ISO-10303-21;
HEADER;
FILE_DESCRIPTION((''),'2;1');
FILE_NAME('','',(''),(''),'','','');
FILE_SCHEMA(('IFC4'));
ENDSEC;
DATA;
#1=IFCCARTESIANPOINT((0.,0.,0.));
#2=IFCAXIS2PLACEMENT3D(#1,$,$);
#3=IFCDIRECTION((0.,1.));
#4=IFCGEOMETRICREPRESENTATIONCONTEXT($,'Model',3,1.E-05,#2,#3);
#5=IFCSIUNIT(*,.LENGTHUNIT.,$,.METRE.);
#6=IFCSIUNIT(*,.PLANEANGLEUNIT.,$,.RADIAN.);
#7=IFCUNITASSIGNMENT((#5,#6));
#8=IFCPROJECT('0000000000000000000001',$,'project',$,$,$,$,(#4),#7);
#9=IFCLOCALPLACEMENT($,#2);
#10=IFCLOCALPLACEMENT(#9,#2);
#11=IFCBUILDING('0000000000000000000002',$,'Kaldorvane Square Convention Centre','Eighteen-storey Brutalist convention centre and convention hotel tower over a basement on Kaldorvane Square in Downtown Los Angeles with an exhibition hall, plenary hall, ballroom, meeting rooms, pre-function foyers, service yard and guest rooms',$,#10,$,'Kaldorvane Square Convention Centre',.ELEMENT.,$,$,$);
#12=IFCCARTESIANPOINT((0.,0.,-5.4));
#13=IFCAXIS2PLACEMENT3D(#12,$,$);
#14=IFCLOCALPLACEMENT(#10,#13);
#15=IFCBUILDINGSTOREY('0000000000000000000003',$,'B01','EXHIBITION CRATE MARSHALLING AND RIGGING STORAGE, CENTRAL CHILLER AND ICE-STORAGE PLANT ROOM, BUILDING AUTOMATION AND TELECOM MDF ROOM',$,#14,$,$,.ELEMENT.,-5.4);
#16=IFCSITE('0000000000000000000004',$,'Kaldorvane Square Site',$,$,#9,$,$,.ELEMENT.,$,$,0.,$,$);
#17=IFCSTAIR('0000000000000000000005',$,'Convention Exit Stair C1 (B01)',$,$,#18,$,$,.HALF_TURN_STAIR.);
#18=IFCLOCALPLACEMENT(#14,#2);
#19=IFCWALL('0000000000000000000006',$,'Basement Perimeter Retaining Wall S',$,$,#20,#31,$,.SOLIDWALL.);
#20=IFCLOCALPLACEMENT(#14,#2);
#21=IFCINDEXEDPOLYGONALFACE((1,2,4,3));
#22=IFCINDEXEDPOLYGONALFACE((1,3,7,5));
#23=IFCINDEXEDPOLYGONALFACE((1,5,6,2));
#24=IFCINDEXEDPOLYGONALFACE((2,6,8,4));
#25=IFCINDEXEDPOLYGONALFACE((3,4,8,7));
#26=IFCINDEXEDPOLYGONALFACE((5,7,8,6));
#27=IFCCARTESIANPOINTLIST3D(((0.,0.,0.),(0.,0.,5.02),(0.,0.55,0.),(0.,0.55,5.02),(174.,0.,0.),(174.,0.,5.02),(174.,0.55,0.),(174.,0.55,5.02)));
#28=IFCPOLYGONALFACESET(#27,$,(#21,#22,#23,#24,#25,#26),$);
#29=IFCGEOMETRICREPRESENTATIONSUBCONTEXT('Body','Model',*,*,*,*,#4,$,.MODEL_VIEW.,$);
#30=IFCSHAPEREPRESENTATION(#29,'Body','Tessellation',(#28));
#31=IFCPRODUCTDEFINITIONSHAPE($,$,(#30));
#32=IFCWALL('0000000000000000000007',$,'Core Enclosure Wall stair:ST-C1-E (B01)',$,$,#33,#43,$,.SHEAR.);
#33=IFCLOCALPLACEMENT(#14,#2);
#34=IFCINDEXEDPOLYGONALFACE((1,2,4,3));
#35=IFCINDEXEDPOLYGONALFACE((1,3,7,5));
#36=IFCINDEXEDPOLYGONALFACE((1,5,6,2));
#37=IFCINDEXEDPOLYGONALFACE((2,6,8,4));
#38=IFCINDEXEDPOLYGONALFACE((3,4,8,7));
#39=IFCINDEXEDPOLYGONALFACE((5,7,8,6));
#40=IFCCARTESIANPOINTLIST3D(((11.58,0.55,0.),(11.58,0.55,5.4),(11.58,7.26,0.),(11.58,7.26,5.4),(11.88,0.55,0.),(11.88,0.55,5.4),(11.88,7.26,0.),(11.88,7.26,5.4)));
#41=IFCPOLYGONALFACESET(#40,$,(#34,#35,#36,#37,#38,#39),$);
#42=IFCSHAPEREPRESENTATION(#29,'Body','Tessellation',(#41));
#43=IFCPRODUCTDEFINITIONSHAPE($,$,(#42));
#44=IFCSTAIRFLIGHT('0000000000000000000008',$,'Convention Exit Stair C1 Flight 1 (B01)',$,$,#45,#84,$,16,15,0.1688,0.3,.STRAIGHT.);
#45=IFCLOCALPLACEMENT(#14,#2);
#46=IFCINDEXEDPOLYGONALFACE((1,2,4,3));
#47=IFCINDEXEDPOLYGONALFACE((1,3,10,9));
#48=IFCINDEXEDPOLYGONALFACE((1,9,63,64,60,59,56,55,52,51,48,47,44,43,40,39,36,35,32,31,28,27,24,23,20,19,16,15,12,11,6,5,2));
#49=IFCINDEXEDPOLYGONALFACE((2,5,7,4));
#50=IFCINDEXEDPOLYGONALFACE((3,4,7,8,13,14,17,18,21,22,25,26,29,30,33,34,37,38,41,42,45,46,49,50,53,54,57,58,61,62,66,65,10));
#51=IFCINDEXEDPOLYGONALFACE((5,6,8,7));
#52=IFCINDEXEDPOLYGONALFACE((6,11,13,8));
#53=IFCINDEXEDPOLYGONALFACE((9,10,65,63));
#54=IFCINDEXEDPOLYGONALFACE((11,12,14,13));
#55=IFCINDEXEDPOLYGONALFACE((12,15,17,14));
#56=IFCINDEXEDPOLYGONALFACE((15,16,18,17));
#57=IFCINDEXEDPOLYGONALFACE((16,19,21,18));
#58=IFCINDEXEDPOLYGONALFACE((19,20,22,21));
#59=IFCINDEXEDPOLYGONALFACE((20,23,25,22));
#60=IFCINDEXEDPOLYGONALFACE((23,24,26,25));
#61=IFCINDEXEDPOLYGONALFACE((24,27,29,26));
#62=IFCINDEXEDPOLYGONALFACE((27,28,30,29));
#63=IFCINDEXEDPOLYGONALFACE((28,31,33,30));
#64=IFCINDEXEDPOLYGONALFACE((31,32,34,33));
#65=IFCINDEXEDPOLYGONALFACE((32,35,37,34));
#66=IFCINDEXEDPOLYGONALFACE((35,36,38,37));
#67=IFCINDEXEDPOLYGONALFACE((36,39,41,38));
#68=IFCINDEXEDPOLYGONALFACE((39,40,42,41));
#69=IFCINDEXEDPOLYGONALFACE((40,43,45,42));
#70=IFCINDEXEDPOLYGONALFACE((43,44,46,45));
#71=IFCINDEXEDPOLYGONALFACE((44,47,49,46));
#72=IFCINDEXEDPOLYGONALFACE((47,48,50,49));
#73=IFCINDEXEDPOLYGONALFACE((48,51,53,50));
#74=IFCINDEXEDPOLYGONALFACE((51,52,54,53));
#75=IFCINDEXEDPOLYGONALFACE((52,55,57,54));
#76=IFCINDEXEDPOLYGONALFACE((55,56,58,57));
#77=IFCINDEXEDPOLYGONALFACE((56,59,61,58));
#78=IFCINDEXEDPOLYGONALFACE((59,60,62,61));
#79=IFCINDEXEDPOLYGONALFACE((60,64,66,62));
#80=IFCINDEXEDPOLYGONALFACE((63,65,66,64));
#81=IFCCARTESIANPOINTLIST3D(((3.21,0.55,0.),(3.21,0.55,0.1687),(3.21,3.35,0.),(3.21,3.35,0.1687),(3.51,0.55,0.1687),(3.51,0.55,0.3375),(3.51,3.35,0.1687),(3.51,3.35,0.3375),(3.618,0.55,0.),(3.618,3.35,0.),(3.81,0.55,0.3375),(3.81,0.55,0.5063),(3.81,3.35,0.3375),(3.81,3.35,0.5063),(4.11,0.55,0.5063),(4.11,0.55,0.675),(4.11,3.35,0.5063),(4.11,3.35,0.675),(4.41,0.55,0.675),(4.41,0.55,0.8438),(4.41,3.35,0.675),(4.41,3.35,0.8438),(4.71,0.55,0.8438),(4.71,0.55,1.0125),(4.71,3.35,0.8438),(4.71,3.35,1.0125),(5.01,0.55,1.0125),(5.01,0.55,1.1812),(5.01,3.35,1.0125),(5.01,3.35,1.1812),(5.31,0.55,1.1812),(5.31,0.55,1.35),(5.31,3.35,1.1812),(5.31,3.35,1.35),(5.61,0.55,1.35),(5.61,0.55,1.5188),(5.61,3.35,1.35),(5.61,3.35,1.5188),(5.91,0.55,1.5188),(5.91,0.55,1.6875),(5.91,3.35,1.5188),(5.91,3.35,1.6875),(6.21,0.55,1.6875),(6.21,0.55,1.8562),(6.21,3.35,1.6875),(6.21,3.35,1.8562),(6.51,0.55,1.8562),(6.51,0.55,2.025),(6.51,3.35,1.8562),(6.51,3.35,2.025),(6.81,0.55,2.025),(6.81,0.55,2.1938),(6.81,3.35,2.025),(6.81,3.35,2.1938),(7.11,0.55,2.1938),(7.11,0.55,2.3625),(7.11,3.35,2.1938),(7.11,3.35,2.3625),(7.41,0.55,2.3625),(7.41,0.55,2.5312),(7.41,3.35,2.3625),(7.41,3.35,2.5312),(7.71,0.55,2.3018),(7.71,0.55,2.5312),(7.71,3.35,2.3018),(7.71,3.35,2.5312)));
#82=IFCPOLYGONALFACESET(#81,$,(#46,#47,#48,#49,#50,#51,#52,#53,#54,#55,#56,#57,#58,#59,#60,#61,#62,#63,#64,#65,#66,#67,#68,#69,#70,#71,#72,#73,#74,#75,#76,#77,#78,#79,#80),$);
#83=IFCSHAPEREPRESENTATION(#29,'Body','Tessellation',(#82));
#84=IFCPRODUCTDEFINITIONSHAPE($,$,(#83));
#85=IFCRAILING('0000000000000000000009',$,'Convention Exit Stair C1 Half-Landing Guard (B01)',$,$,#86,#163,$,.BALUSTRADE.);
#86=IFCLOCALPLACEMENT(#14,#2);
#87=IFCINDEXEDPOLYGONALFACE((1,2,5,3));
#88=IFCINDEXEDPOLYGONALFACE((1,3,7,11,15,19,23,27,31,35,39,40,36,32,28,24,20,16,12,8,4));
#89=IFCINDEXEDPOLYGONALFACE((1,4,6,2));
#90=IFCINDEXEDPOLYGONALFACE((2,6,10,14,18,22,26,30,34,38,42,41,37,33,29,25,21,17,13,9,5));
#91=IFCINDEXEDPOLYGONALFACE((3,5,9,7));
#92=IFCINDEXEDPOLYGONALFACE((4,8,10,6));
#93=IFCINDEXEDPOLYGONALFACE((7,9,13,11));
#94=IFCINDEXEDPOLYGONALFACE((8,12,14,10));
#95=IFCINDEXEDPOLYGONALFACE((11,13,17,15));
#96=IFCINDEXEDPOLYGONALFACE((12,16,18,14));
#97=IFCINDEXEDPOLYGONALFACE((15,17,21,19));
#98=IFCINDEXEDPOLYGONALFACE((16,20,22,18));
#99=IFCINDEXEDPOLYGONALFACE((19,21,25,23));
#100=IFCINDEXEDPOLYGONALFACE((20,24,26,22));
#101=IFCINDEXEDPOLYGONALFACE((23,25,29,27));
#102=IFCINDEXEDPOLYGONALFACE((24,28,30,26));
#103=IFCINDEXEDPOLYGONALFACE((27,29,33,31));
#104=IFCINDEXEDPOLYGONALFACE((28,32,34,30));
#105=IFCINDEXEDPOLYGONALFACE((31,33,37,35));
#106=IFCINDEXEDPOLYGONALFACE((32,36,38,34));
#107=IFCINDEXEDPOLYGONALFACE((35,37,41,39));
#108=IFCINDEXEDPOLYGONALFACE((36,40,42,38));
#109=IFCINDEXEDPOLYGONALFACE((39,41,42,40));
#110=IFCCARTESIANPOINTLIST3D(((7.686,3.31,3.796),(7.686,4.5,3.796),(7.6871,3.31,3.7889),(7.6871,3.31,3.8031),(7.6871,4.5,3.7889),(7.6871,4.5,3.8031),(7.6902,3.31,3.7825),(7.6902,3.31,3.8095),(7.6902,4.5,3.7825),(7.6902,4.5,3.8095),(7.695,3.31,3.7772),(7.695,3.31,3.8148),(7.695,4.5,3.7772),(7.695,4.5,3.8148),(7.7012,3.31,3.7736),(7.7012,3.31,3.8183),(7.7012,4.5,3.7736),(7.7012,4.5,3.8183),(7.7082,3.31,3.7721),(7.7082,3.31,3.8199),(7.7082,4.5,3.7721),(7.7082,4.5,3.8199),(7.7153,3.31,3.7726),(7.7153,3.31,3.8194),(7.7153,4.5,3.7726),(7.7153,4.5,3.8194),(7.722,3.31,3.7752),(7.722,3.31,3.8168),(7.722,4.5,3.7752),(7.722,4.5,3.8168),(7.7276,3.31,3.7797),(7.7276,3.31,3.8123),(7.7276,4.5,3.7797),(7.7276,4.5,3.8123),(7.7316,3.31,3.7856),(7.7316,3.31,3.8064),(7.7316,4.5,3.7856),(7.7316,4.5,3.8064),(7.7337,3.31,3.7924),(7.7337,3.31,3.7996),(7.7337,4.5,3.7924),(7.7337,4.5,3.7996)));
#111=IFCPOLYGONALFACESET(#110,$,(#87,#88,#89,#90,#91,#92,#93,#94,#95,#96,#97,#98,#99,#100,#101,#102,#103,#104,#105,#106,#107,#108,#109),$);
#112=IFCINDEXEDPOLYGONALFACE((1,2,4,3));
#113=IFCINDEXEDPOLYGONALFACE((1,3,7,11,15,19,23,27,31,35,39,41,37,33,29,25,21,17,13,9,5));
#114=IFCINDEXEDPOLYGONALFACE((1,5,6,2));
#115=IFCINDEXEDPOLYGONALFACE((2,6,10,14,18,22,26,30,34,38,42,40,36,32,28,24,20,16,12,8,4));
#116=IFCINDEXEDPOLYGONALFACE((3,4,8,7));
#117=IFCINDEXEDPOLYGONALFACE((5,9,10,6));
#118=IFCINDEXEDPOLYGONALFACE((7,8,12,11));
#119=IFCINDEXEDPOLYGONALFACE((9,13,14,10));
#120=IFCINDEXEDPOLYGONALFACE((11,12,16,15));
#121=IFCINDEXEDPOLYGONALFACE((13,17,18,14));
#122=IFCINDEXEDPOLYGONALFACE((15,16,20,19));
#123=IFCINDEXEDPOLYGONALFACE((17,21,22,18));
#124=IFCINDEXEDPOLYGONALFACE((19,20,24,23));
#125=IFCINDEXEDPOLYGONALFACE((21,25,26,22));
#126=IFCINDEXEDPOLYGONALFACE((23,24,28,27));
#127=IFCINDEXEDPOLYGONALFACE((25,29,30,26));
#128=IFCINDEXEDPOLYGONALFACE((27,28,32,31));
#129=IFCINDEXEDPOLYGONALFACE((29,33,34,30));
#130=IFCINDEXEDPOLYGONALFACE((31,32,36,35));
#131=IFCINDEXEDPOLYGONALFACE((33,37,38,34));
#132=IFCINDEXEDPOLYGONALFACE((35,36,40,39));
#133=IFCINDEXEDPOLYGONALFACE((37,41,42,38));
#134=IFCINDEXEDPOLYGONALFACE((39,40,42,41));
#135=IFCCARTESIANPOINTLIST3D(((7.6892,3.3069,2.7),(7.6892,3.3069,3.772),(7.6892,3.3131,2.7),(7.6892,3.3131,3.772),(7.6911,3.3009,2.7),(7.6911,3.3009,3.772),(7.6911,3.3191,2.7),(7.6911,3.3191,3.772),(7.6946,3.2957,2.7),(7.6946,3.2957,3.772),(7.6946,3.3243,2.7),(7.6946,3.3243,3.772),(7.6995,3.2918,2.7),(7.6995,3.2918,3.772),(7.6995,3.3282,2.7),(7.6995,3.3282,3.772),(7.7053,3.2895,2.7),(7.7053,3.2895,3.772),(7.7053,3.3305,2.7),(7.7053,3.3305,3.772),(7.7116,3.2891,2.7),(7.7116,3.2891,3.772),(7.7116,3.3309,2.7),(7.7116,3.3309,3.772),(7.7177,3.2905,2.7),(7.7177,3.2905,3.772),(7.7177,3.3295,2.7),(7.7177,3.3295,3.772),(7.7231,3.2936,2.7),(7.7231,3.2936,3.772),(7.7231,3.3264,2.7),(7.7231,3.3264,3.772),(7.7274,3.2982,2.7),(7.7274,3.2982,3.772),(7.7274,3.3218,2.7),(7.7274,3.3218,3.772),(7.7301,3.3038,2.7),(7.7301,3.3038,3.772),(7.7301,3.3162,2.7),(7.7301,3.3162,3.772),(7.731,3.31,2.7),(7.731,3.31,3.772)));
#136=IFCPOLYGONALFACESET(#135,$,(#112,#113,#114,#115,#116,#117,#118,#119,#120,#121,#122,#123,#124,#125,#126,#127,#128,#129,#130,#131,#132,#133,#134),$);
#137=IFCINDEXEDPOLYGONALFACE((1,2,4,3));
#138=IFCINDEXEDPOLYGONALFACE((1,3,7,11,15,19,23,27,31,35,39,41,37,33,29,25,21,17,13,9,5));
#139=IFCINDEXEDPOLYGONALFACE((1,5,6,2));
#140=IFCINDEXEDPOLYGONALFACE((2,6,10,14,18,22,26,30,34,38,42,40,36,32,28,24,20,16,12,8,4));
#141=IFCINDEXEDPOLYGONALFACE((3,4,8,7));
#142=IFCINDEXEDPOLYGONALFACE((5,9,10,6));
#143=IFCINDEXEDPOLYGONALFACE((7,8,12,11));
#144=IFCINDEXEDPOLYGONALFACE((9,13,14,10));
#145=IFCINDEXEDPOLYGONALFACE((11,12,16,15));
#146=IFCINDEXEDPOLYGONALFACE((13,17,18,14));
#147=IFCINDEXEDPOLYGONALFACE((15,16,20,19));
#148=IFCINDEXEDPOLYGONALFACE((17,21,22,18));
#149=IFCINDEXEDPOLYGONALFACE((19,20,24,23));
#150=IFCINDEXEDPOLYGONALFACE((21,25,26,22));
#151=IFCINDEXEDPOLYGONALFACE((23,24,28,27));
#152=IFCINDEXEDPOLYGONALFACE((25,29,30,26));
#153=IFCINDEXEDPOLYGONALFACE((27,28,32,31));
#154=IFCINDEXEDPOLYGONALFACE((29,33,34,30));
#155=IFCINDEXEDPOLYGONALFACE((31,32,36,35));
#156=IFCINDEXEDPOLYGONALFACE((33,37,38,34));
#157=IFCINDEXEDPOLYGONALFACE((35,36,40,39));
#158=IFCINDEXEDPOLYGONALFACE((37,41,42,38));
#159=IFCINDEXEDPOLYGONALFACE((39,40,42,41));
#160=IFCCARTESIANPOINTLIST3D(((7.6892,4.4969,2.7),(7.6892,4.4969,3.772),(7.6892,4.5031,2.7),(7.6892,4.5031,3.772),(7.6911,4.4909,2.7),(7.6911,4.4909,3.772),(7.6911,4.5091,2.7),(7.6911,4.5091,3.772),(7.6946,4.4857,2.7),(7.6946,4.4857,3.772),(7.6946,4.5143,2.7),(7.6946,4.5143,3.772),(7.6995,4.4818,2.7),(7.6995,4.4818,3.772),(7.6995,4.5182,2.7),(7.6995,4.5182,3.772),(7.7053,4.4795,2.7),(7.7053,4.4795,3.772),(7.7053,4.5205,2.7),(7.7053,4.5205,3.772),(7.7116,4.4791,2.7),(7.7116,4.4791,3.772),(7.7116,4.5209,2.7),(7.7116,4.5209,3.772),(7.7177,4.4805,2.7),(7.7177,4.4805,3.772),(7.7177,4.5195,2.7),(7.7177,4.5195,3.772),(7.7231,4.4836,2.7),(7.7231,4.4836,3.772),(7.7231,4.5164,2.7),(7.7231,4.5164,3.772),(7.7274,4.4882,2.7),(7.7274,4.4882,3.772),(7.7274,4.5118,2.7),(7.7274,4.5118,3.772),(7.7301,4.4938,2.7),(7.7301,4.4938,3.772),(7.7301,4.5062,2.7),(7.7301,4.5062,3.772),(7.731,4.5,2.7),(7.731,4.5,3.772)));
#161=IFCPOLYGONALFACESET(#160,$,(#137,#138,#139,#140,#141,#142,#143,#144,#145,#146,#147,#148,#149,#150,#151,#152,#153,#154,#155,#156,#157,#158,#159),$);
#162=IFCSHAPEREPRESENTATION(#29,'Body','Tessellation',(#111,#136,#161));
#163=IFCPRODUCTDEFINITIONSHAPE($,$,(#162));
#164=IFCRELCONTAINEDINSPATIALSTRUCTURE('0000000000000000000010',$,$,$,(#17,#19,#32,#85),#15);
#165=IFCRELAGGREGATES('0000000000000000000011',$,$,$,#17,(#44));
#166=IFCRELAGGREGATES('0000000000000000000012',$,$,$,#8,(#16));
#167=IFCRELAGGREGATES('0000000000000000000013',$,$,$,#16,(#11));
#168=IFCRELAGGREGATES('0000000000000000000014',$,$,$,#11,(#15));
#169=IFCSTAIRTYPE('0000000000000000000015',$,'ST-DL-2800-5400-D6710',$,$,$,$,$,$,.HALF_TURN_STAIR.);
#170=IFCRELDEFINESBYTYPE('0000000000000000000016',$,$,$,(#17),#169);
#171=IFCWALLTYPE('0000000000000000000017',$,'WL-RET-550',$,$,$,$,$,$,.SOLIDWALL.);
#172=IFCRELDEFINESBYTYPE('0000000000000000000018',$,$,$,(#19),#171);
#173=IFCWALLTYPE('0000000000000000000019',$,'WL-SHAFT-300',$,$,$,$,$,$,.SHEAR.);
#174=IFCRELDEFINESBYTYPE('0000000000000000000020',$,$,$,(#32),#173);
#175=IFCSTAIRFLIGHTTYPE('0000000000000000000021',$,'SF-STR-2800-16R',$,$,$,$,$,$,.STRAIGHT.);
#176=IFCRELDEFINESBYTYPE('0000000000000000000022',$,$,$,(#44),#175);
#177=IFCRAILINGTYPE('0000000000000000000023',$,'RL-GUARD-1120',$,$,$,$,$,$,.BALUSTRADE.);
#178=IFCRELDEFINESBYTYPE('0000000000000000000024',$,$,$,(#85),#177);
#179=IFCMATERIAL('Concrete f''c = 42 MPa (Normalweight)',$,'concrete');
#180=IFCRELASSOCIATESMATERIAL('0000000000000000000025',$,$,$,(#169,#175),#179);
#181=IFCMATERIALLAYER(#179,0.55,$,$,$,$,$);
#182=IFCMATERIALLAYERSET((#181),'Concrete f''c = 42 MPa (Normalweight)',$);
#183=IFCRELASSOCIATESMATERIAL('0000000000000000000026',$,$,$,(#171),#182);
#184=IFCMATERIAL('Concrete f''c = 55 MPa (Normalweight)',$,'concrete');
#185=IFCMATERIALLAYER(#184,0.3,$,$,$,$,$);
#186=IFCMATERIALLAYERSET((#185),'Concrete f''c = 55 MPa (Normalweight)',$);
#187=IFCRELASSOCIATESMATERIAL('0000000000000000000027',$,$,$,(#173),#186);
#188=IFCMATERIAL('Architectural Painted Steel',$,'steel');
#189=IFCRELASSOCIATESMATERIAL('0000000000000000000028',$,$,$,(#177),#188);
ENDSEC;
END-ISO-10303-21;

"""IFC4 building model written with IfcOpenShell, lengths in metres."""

from ifc_helpers import new_model, si_unit, direction, frame, frame_2d, origin, origin_2d, place, context, subcontext, project, spatial, polyline, rectangle, circle, outline, extrude, material, layer, layer_set, type_object, element, aggregate, save


model = new_model("IFC4")

# Units and contexts
model_context = context("Model", 3, precision=1e-05, world=origin(), true_north=direction((0.0, 1.0)))
body_context = subcontext(model_context, "Body", "Model", "MODEL_VIEW")
ifc_project = project(units=[si_unit("LENGTHUNIT", "METRE"), si_unit("PLANEANGLEUNIT", "RADIAN")], contexts=[model_context])

# Site, building, storey
site_placement = place(None, origin())
site = spatial("IfcSite", under=ifc_project, at=site_placement, Name="Kaldorvane Square Site", CompositionType="ELEMENT", RefElevation=0.0)
building_placement = place(site_placement, origin())
building = spatial("IfcBuilding", under=site, at=building_placement, Name="Kaldorvane Square Convention Centre", Description="Eighteen-storey Brutalist convention centre and convention hotel tower over a basement on Kaldorvane Square in Downtown Los Angeles with an exhibition hall, plenary hall, ballroom, meeting rooms, pre-function foyers, service yard and guest rooms", LongName="Kaldorvane Square Convention Centre", CompositionType="ELEMENT")
storey_placement = place(building_placement, frame((0.0, 0.0, -5.4)))
storey = spatial("IfcBuildingStorey", under=building, at=storey_placement, Name="B01", Description="EXHIBITION CRATE MARSHALLING AND RIGGING STORAGE, CENTRAL CHILLER AND ICE-STORAGE PLANT ROOM, BUILDING AUTOMATION AND TELECOM MDF ROOM", CompositionType="ELEMENT", Elevation=-5.4)

# Shared definitions
ifc_material_1 = material(Name="Concrete f'c = 42 MPa (Normalweight)", Category="concrete")

# Shared definitions
ifc_material_2 = material(Name="Concrete f'c = 55 MPa (Normalweight)", Category="concrete")

# Stair
stair_type_1 = type_object("IfcStairType", Name="ST-DL-2800-5400-D6710", PredefinedType="HALF_TURN_STAIR", material=ifc_material_1)
stair_1_placement = place(storey_placement, origin())
stair_1 = element("IfcStair", 1, at=stair_1_placement, inside=storey, type_object=stair_type_1, Name="Convention Exit Stair C1 (B01)", PredefinedType="HALF_TURN_STAIR")

# Walls
ifc_layer_1 = layer(ifc_material_1, 0.55)
ifc_layer_set_1 = layer_set([ifc_layer_1], Name="Concrete f'c = 42 MPa (Normalweight)")
wall_type_1 = type_object("IfcWallType", Name="WL-RET-550", PredefinedType="SOLIDWALL", material=ifc_layer_set_1)
wall_1_placement = place(storey_placement, frame((0.0, 0.275, 0.0), z_axis=(0.0, 0.0, 1.0), x_axis=(1.0, 0.0, 0.0)))
element("IfcWall", 2, at=wall_1_placement, inside=storey, type_object=wall_type_1, Name="Basement Perimeter Retaining Wall S", PredefinedType="SOLIDWALL", context=body_context, shape_type="SweptSolid", body=[
    extrude(rectangle(XDim=174.0, YDim=0.55, at=frame_2d((87.0, 0.0))), origin(), (0.0, 0.0, 1.0), 5.02),
])
ifc_layer_2 = layer(ifc_material_2, 0.3)
ifc_layer_set_2 = layer_set([ifc_layer_2], Name="Concrete f'c = 55 MPa (Normalweight)")
wall_type_2 = type_object("IfcWallType", Name="WL-SHAFT-300", PredefinedType="SHEAR", material=ifc_layer_set_2)
wall_2_placement = place(storey_placement, frame((11.73, 0.55, 0.0), z_axis=(0.0, 0.0, 1.0), x_axis=(0.0, 1.0, 0.0)))
element("IfcWall", 3, at=wall_2_placement, inside=storey, type_object=wall_type_2, Name="Core Enclosure Wall stair:ST-C1-E (B01)", PredefinedType="SHEAR", context=body_context, shape_type="SweptSolid", body=[
    extrude(rectangle(XDim=6.71, YDim=0.3, at=frame_2d((3.355, 0.0))), origin(), (0.0, 0.0, 1.0), 5.4),
])

# Stair flight
stair_flight_type = type_object("IfcStairFlightType", Name="SF-STR-2800-16R", PredefinedType="STRAIGHT", material=ifc_material_1)
stair_flight_placement = place(storey_placement, frame((3.21, 1.95, 0.0), z_axis=(0.0, 0.0, 1.0), x_axis=(1.0, 0.0, 0.0)))
stair_flight = element("IfcStairFlight", 4, at=stair_flight_placement, type_object=stair_flight_type, Name="Convention Exit Stair C1 Flight 1 (B01)", NumberOfRisers=16, NumberOfTreads=15, PredefinedType="STRAIGHT", RiserHeight=0.1688, TreadLength=0.3, context=body_context, shape_type="SweptSolid", body=[
    extrude(outline(polyline([(0.0, 0.0), (0.0, 0.1687), (0.3, 0.1687), (0.3, 0.3375), (0.6, 0.3375), (0.6, 0.5063), (0.9, 0.5063), (0.9, 0.675), (1.2, 0.675), (1.2, 0.8438), (1.5, 0.8438), (1.5, 1.0125), (1.8, 1.0125), (1.8, 1.1812), (2.1, 1.1812), (2.1, 1.35), (2.4, 1.35), (2.4, 1.5188), (2.7, 1.5188), (2.7, 1.6875), (3.0, 1.6875), (3.0, 1.8562), (3.3, 1.8562), (3.3, 2.025), (3.6, 2.025), (3.6, 2.1938), (3.9, 2.1938), (3.9, 2.3625), (4.2, 2.3625), (4.2, 2.5312), (4.5, 2.5312), (4.5, 2.7), (4.5, 2.3018), (0.4079, 0.0), (0.0, 0.0)])), frame((0.0, 1.4, 0.0), z_axis=(0.0, -1.0, 0.0), x_axis=(1.0, 0.0, 0.0)), (0.0, 0.0, 1.0), 2.8),
])
aggregate(stair_1, [stair_flight])

# Railing
ifc_material_3 = material(Name="Architectural Painted Steel", Category="steel")
railing_type_1 = type_object("IfcRailingType", Name="RL-GUARD-1120", PredefinedType="BALUSTRADE", material=ifc_material_3)
railing_1_placement = place(storey_placement, frame((7.71, 3.31, 2.7)))
element("IfcRailing", 5, at=railing_1_placement, inside=storey, type_object=railing_type_1, Name="Convention Exit Stair C1 Half-Landing Guard (B01)", PredefinedType="BALUSTRADE", context=body_context, shape_type="SweptSolid", body=[
    extrude(circle(Radius=0.024, at=origin_2d()), frame((0.0, 0.0, 1.096), z_axis=(0.0, 1.0, 0.0), x_axis=(-1.0, 0.0, 0.0)), (0.0, 0.0, 1.0), 1.19),
    extrude(circle(Radius=0.021, at=origin_2d()), origin(), (0.0, 0.0, 1.0), 1.072),
    extrude(circle(Radius=0.021, at=origin_2d()), frame((0.0, 1.19, 0.0)), (0.0, 0.0, 1.0), 1.072),
])

save(model, "model.ifc")
